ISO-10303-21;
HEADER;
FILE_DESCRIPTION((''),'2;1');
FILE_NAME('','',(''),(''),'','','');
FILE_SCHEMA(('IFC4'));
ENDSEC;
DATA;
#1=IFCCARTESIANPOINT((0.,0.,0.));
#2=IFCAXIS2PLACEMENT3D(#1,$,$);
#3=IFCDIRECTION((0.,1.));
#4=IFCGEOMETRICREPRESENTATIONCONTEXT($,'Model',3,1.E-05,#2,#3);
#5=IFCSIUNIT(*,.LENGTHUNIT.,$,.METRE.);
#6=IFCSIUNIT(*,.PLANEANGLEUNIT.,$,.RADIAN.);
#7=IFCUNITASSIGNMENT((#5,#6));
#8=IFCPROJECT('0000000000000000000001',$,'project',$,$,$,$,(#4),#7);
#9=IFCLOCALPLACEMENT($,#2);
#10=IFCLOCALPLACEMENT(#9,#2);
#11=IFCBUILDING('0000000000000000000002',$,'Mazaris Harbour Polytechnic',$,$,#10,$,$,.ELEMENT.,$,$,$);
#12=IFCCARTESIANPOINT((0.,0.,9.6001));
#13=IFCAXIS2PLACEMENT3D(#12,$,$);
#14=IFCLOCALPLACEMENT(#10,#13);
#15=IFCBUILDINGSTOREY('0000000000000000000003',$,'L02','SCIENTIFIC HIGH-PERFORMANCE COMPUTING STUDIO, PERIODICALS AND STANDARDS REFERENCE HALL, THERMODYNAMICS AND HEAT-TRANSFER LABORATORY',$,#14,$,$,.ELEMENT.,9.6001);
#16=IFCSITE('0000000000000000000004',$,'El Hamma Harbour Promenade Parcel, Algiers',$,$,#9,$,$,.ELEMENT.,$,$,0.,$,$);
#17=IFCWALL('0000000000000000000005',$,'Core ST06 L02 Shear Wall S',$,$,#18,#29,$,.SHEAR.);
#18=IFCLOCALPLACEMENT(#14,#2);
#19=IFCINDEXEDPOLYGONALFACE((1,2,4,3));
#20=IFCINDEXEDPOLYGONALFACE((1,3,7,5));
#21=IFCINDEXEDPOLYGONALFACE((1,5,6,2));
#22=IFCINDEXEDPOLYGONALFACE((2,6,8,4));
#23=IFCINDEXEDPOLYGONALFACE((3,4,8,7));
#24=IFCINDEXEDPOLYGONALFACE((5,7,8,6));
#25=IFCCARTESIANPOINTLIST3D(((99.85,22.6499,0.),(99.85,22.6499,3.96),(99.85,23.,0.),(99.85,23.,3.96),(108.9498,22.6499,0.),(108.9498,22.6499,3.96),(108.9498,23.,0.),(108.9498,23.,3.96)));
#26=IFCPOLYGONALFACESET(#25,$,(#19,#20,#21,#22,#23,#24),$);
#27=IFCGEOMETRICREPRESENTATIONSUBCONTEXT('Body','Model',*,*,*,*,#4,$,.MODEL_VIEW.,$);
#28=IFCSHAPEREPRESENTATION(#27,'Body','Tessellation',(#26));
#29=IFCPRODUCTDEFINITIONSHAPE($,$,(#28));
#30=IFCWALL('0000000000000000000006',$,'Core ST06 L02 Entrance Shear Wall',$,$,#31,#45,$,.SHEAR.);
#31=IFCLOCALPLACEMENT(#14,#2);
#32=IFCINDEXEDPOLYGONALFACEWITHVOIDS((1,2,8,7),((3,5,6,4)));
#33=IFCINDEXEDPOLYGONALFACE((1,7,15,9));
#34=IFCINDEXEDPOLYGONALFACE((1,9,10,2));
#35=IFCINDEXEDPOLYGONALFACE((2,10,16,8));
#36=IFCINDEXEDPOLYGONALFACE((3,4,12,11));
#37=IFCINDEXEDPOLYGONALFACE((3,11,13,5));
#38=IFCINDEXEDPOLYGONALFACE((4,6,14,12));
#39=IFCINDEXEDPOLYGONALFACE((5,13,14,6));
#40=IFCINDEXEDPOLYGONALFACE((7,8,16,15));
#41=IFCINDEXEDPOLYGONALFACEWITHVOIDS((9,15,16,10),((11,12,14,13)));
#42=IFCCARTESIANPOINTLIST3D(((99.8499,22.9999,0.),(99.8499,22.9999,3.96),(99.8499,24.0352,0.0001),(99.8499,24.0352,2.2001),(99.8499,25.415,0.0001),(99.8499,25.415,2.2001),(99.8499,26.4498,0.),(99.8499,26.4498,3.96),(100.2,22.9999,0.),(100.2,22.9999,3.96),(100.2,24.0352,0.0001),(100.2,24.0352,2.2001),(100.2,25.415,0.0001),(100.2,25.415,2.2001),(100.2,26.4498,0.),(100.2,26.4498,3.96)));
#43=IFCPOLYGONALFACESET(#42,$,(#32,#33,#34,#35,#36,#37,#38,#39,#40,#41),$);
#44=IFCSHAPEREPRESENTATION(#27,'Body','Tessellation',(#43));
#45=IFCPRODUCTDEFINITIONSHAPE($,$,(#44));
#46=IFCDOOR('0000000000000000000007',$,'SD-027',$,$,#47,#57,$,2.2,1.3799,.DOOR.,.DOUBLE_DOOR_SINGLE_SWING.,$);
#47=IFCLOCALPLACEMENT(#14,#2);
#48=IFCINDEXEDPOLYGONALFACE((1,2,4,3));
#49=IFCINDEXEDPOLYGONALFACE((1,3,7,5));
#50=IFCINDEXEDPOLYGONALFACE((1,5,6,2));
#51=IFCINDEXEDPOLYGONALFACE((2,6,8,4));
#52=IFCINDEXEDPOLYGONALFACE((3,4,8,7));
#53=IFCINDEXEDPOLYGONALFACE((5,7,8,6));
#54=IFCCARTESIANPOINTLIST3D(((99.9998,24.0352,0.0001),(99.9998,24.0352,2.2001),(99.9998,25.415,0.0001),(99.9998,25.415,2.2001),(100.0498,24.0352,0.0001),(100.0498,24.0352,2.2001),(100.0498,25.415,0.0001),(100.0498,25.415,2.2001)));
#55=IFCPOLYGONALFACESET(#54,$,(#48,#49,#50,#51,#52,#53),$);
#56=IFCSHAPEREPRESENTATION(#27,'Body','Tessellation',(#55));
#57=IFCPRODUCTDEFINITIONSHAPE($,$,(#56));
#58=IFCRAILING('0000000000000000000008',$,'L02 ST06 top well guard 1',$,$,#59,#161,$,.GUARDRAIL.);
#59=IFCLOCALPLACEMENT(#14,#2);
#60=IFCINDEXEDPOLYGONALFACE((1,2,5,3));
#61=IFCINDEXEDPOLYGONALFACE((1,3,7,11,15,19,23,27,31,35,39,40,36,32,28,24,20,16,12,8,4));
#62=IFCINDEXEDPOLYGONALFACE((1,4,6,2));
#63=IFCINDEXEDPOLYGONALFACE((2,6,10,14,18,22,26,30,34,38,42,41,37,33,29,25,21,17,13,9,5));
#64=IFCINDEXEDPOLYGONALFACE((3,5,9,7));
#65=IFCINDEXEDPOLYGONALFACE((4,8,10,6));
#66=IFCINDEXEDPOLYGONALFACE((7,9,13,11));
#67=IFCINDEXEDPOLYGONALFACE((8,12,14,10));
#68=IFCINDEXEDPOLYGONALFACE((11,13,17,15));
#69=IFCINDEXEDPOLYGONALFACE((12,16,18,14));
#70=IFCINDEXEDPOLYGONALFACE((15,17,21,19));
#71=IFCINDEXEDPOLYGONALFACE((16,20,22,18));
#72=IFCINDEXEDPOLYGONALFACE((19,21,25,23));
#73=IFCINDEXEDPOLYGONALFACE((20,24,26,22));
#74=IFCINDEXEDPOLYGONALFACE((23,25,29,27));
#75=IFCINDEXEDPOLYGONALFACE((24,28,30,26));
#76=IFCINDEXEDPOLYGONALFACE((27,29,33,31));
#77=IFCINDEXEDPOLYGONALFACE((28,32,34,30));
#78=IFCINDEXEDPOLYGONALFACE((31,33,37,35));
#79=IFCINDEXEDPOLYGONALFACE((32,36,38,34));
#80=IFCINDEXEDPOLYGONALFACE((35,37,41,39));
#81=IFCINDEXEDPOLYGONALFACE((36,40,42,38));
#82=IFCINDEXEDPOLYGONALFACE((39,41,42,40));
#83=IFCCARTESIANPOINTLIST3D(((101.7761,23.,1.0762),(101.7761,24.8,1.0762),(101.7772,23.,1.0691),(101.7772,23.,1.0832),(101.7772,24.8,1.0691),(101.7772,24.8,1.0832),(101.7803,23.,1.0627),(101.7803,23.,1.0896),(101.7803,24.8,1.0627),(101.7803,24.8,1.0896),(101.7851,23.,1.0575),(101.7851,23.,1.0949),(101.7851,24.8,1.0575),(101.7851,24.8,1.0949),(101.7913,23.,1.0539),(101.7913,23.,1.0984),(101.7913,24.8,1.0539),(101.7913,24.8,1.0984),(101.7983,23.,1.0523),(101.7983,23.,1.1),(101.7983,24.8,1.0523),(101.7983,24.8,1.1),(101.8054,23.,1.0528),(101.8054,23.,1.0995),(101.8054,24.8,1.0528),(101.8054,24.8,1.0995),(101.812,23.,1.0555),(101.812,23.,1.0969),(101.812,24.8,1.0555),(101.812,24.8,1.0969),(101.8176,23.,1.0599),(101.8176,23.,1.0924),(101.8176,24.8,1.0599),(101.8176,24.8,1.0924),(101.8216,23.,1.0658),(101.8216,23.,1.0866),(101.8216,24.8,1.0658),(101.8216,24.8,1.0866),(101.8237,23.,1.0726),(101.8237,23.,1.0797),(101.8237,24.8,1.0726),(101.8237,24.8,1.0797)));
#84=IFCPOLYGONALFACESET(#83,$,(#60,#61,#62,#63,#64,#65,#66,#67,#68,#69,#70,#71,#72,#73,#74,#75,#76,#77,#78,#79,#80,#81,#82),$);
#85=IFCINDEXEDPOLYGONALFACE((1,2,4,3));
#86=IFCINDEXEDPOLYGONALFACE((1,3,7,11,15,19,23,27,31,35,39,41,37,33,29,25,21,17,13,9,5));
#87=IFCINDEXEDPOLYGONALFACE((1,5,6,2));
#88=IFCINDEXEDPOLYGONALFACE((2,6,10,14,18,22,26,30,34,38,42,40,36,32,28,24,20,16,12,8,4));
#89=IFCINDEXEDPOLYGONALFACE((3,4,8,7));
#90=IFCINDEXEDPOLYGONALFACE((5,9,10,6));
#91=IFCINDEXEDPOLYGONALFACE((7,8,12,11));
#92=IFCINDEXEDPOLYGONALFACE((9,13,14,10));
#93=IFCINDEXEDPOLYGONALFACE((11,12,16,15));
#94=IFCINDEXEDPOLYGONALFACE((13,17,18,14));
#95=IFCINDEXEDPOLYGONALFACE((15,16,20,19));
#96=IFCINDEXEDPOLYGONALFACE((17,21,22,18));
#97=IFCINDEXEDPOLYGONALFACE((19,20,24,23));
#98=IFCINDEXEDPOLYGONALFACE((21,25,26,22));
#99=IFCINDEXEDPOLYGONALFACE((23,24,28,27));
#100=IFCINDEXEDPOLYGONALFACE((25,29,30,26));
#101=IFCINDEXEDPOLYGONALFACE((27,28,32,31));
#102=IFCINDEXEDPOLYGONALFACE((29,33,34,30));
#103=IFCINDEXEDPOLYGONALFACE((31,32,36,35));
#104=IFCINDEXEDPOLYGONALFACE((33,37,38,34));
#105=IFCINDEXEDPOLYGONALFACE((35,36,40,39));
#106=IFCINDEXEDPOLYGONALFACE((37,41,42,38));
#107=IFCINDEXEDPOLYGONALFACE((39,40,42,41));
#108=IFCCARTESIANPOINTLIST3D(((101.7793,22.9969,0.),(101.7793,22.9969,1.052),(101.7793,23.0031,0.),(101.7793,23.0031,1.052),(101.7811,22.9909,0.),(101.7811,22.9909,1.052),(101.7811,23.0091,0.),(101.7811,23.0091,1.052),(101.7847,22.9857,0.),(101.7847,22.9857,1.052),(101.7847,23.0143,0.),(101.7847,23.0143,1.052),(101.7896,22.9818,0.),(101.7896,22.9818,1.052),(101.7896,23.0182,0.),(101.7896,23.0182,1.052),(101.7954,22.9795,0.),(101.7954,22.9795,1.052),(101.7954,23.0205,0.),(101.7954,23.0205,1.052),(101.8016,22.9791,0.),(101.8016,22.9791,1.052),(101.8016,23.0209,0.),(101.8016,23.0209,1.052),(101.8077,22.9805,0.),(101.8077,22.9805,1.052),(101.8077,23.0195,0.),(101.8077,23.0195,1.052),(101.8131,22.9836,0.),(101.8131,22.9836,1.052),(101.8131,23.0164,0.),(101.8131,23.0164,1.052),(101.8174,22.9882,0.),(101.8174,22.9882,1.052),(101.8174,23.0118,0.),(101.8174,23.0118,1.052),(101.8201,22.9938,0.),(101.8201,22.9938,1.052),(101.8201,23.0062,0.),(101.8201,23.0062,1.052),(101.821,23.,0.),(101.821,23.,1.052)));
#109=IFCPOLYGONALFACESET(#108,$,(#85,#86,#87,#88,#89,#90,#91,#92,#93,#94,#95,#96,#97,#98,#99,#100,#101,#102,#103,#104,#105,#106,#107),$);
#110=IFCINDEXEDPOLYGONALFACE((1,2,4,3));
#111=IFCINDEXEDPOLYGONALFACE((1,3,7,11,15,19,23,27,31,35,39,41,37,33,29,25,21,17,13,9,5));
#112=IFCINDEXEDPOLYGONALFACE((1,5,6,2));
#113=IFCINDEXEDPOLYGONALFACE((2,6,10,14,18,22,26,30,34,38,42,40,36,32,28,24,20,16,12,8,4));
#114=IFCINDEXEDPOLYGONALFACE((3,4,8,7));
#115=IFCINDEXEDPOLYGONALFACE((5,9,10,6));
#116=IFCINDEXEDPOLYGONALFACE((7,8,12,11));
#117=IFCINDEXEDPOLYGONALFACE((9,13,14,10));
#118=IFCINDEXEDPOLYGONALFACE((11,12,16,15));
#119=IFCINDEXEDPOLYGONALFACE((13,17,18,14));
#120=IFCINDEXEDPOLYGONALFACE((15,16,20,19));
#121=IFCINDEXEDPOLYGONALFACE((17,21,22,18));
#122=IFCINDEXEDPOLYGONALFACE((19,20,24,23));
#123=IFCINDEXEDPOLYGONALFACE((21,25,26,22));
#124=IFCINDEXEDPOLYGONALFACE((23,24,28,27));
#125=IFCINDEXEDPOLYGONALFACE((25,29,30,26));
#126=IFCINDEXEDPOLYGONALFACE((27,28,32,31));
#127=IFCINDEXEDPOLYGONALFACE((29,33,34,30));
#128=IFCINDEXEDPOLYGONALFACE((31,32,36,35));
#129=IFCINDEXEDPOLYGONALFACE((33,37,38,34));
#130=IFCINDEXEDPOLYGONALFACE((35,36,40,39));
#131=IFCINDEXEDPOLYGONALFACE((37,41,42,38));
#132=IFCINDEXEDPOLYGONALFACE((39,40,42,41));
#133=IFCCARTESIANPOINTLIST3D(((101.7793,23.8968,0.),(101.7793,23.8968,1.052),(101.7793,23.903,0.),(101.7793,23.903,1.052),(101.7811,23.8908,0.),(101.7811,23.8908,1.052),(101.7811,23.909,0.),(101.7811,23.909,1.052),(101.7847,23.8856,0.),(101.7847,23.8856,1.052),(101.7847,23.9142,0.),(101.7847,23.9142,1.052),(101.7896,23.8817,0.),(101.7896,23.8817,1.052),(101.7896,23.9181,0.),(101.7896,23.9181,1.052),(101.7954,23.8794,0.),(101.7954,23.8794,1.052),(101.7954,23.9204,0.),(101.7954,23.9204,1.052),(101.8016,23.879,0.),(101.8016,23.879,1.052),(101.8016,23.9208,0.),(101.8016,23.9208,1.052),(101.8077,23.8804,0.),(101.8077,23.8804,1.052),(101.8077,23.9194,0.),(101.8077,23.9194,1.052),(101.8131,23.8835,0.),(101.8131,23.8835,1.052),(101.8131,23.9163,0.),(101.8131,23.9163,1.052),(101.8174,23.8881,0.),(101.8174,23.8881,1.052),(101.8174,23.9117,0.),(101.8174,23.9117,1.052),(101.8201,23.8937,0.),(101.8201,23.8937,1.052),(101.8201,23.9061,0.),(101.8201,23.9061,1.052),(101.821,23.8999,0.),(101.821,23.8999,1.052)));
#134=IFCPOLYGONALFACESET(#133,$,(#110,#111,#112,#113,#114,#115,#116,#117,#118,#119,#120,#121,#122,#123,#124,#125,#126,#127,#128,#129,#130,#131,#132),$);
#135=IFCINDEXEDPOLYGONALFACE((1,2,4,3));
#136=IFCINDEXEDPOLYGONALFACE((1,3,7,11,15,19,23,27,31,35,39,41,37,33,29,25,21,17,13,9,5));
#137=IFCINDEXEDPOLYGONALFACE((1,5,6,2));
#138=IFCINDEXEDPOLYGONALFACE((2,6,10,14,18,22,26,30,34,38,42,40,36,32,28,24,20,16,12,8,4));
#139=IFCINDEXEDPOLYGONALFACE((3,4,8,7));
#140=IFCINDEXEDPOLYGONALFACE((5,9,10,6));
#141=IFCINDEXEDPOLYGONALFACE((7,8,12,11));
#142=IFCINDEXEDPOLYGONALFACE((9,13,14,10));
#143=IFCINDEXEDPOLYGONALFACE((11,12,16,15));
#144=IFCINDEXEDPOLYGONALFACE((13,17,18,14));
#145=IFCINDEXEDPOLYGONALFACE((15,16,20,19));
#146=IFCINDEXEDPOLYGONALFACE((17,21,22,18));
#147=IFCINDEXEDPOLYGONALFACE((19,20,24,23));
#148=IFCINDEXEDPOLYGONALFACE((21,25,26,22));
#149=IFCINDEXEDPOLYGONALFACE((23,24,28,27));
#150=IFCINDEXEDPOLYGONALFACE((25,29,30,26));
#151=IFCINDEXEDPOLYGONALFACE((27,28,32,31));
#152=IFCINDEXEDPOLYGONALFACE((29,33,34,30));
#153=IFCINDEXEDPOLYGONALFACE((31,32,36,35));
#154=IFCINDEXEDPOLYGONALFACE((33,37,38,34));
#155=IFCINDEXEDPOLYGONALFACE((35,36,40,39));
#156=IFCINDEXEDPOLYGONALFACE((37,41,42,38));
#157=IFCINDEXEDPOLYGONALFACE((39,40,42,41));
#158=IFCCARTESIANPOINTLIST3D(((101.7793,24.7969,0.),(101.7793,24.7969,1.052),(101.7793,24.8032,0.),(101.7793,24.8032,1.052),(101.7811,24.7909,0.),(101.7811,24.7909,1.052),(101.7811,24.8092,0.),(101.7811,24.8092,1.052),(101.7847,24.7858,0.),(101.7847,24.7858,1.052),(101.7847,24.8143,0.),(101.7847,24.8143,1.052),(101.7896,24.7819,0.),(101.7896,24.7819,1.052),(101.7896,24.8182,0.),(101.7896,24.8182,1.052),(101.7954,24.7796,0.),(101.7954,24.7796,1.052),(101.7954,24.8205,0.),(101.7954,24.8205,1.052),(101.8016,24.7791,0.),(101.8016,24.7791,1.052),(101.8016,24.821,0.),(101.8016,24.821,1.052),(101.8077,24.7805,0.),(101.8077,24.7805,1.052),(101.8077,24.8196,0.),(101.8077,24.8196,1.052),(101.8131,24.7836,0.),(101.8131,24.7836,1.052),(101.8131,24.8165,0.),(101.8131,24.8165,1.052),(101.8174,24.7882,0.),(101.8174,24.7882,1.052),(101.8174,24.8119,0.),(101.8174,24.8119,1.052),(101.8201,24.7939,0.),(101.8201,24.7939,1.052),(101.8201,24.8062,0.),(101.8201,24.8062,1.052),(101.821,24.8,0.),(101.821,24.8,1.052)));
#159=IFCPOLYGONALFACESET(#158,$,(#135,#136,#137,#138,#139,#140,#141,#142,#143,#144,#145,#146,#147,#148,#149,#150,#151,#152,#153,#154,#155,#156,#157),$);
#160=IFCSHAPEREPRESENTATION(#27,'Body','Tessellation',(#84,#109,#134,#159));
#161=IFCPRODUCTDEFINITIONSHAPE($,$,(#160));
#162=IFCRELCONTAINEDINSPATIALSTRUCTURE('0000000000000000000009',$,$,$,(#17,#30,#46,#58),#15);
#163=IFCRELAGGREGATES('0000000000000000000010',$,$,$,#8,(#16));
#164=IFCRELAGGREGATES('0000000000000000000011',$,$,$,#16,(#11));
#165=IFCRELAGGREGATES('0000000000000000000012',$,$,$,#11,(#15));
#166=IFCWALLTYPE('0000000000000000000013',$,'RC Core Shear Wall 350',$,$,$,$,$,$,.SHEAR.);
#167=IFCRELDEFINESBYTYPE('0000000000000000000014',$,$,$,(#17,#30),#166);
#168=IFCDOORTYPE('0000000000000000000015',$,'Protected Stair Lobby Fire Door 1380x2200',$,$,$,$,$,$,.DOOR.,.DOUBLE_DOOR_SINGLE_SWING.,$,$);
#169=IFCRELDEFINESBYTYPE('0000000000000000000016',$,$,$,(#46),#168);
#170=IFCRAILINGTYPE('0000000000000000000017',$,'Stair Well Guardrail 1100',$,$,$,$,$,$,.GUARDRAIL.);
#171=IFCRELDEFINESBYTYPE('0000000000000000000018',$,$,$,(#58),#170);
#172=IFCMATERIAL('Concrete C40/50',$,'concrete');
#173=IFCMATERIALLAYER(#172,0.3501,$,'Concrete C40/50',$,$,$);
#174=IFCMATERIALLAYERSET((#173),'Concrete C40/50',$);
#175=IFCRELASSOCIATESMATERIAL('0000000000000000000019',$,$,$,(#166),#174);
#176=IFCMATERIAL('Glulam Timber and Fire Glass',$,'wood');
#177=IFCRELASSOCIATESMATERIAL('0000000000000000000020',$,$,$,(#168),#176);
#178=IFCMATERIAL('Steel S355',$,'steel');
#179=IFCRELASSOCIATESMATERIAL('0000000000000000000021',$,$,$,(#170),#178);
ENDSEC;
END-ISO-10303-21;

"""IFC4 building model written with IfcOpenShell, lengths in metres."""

from ifc_helpers import new_model, si_unit, direction, frame, frame_2d, origin, origin_2d, place, context, subcontext, project, spatial, rectangle, circle, extrude, material, layer, layer_set, type_object, element, fill, save


model = new_model("IFC4")

# Units and contexts
model_context = context("Model", 3, precision=1e-05, world=origin(), true_north=direction((0.0, 1.0)))
body_context = subcontext(model_context, "Body", "Model", "MODEL_VIEW")
ifc_project = project(units=[si_unit("LENGTHUNIT", "METRE"), si_unit("PLANEANGLEUNIT", "RADIAN")], contexts=[model_context])

# Site, building, storey
site_placement = place(None, origin())
site = spatial("IfcSite", under=ifc_project, at=site_placement, Name="El Hamma Harbour Promenade Parcel, Algiers", CompositionType="ELEMENT", RefElevation=0.0)
building_placement = place(site_placement, origin())
building = spatial("IfcBuilding", under=site, at=building_placement, Name="Mazaris Harbour Polytechnic", CompositionType="ELEMENT")
storey_placement = place(building_placement, frame((0.0, 0.0, 9.6001)))
storey = spatial("IfcBuildingStorey", under=building, at=storey_placement, Name="L02", Description="SCIENTIFIC HIGH-PERFORMANCE COMPUTING STUDIO, PERIODICALS AND STANDARDS REFERENCE HALL, THERMODYNAMICS AND HEAT-TRANSFER LABORATORY", CompositionType="ELEMENT", Elevation=9.6001)

# Wall
ifc_material_1 = material(Name="Concrete C40/50", Category="concrete")
ifc_layer_1 = layer(ifc_material_1, 0.3501, Name="Concrete C40/50")
ifc_layer_set_1 = layer_set([ifc_layer_1], Name="Concrete C40/50")
wall_type_1 = type_object("IfcWallType", Name="RC Core Shear Wall 350", PredefinedType="SHEAR", material=ifc_layer_set_1)
wall_1_placement = place(storey_placement, frame((99.8501, 22.825, 0.0), z_axis=(0.0, 0.0, 1.0), x_axis=(1.0, 0.0, 0.0)))
element("IfcWall", 1, at=wall_1_placement, inside=storey, type_object=wall_type_1, Name="Core ST06 L02 Shear Wall S", PredefinedType="SHEAR", context=body_context, shape_type="SweptSolid", body=[
    extrude(rectangle(XDim=9.0999, YDim=0.3501, at=frame_2d((4.5498, 0.0))), origin(), (0.0, 0.0, 1.0), 3.96),
])

# Wall, opening, door
wall_2_placement = place(storey_placement, frame((100.0249, 26.45, 0.0), z_axis=(0.0, 0.0, 1.0), x_axis=(0.0, -1.0, 0.0)))
wall_2 = element("IfcWall", 2, at=wall_2_placement, inside=storey, type_object=wall_type_1, Name="Core ST06 L02 Entrance Shear Wall", PredefinedType="SHEAR", context=body_context, shape_type="SweptSolid", body=[
    extrude(rectangle(XDim=3.45, YDim=0.3501, at=frame_2d((1.7251, 0.0))), origin(), (0.0, 0.0, 1.0), 3.96),
])
opening_placement = place(wall_2_placement, frame((1.0349, 0.0, 0.0)))
opening = element("IfcOpeningElement", 3, at=opening_placement, cuts=wall_2, PredefinedType="OPENING", context=body_context, shape_type="SweptSolid", body=[
    extrude(rectangle(XDim=1.3799, YDim=2.2, at=frame_2d((0.6899, 1.1001))), frame((0.0, 0.1851, 0.0), z_axis=(0.0, -1.0, 0.0), x_axis=(1.0, 0.0, 0.0)), (0.0, 0.0, 1.0), 0.3701),
])
ifc_material_2 = material(Name="Glulam Timber and Fire Glass", Category="wood")
door_type = type_object("IfcDoorType", Name="Protected Stair Lobby Fire Door 1380x2200", OperationType="DOUBLE_DOOR_SINGLE_SWING", PredefinedType="DOOR", material=ifc_material_2)
door_placement = place(opening_placement, origin())
door = element("IfcDoor", 4, at=door_placement, inside=storey, type_object=door_type, Name="SD-027", OperationType="DOUBLE_DOOR_SINGLE_SWING", OverallHeight=2.2, OverallWidth=1.3799, PredefinedType="DOOR", context=body_context, shape_type="SweptSolid", body=[
    extrude(rectangle(XDim=1.3799, YDim=2.2, at=frame_2d((0.6899, 1.1001))), frame((0.0, 0.0249, 0.0), z_axis=(0.0, -1.0, 0.0), x_axis=(1.0, 0.0, 0.0)), (0.0, 0.0, 1.0), 0.05),
])
fill(opening, door)

# Railing
ifc_material_3 = material(Name="Steel S355", Category="steel")
railing_type = type_object("IfcRailingType", Name="Stair Well Guardrail 1100", PredefinedType="GUARDRAIL", material=ifc_material_3)
railing_placement = place(storey_placement, frame((101.8, 23.0, 0.0)))
element("IfcRailing", 5, at=railing_placement, inside=storey, type_object=railing_type, Name="L02 ST06 top well guard 1", PredefinedType="GUARDRAIL", context=body_context, shape_type="SweptSolid", body=[
    extrude(circle(Radius=0.0239, at=origin_2d()), frame((0.0, 0.0, 1.0762), z_axis=(0.0, 1.0, 0.0), x_axis=(-1.0, 0.0, 0.0)), (0.0, 0.0, 1.0), 1.8),
    extrude(circle(Radius=0.021, at=origin_2d()), origin(), (0.0, 0.0, 1.0), 1.052),
    extrude(circle(Radius=0.021, at=origin_2d()), frame((0.0, 0.8999, 0.0)), (0.0, 0.0, 1.0), 1.052),
    extrude(circle(Radius=0.021, at=origin_2d()), frame((0.0, 1.8, 0.0)), (0.0, 0.0, 1.0), 1.052),
])

save(model, "model.ifc")
